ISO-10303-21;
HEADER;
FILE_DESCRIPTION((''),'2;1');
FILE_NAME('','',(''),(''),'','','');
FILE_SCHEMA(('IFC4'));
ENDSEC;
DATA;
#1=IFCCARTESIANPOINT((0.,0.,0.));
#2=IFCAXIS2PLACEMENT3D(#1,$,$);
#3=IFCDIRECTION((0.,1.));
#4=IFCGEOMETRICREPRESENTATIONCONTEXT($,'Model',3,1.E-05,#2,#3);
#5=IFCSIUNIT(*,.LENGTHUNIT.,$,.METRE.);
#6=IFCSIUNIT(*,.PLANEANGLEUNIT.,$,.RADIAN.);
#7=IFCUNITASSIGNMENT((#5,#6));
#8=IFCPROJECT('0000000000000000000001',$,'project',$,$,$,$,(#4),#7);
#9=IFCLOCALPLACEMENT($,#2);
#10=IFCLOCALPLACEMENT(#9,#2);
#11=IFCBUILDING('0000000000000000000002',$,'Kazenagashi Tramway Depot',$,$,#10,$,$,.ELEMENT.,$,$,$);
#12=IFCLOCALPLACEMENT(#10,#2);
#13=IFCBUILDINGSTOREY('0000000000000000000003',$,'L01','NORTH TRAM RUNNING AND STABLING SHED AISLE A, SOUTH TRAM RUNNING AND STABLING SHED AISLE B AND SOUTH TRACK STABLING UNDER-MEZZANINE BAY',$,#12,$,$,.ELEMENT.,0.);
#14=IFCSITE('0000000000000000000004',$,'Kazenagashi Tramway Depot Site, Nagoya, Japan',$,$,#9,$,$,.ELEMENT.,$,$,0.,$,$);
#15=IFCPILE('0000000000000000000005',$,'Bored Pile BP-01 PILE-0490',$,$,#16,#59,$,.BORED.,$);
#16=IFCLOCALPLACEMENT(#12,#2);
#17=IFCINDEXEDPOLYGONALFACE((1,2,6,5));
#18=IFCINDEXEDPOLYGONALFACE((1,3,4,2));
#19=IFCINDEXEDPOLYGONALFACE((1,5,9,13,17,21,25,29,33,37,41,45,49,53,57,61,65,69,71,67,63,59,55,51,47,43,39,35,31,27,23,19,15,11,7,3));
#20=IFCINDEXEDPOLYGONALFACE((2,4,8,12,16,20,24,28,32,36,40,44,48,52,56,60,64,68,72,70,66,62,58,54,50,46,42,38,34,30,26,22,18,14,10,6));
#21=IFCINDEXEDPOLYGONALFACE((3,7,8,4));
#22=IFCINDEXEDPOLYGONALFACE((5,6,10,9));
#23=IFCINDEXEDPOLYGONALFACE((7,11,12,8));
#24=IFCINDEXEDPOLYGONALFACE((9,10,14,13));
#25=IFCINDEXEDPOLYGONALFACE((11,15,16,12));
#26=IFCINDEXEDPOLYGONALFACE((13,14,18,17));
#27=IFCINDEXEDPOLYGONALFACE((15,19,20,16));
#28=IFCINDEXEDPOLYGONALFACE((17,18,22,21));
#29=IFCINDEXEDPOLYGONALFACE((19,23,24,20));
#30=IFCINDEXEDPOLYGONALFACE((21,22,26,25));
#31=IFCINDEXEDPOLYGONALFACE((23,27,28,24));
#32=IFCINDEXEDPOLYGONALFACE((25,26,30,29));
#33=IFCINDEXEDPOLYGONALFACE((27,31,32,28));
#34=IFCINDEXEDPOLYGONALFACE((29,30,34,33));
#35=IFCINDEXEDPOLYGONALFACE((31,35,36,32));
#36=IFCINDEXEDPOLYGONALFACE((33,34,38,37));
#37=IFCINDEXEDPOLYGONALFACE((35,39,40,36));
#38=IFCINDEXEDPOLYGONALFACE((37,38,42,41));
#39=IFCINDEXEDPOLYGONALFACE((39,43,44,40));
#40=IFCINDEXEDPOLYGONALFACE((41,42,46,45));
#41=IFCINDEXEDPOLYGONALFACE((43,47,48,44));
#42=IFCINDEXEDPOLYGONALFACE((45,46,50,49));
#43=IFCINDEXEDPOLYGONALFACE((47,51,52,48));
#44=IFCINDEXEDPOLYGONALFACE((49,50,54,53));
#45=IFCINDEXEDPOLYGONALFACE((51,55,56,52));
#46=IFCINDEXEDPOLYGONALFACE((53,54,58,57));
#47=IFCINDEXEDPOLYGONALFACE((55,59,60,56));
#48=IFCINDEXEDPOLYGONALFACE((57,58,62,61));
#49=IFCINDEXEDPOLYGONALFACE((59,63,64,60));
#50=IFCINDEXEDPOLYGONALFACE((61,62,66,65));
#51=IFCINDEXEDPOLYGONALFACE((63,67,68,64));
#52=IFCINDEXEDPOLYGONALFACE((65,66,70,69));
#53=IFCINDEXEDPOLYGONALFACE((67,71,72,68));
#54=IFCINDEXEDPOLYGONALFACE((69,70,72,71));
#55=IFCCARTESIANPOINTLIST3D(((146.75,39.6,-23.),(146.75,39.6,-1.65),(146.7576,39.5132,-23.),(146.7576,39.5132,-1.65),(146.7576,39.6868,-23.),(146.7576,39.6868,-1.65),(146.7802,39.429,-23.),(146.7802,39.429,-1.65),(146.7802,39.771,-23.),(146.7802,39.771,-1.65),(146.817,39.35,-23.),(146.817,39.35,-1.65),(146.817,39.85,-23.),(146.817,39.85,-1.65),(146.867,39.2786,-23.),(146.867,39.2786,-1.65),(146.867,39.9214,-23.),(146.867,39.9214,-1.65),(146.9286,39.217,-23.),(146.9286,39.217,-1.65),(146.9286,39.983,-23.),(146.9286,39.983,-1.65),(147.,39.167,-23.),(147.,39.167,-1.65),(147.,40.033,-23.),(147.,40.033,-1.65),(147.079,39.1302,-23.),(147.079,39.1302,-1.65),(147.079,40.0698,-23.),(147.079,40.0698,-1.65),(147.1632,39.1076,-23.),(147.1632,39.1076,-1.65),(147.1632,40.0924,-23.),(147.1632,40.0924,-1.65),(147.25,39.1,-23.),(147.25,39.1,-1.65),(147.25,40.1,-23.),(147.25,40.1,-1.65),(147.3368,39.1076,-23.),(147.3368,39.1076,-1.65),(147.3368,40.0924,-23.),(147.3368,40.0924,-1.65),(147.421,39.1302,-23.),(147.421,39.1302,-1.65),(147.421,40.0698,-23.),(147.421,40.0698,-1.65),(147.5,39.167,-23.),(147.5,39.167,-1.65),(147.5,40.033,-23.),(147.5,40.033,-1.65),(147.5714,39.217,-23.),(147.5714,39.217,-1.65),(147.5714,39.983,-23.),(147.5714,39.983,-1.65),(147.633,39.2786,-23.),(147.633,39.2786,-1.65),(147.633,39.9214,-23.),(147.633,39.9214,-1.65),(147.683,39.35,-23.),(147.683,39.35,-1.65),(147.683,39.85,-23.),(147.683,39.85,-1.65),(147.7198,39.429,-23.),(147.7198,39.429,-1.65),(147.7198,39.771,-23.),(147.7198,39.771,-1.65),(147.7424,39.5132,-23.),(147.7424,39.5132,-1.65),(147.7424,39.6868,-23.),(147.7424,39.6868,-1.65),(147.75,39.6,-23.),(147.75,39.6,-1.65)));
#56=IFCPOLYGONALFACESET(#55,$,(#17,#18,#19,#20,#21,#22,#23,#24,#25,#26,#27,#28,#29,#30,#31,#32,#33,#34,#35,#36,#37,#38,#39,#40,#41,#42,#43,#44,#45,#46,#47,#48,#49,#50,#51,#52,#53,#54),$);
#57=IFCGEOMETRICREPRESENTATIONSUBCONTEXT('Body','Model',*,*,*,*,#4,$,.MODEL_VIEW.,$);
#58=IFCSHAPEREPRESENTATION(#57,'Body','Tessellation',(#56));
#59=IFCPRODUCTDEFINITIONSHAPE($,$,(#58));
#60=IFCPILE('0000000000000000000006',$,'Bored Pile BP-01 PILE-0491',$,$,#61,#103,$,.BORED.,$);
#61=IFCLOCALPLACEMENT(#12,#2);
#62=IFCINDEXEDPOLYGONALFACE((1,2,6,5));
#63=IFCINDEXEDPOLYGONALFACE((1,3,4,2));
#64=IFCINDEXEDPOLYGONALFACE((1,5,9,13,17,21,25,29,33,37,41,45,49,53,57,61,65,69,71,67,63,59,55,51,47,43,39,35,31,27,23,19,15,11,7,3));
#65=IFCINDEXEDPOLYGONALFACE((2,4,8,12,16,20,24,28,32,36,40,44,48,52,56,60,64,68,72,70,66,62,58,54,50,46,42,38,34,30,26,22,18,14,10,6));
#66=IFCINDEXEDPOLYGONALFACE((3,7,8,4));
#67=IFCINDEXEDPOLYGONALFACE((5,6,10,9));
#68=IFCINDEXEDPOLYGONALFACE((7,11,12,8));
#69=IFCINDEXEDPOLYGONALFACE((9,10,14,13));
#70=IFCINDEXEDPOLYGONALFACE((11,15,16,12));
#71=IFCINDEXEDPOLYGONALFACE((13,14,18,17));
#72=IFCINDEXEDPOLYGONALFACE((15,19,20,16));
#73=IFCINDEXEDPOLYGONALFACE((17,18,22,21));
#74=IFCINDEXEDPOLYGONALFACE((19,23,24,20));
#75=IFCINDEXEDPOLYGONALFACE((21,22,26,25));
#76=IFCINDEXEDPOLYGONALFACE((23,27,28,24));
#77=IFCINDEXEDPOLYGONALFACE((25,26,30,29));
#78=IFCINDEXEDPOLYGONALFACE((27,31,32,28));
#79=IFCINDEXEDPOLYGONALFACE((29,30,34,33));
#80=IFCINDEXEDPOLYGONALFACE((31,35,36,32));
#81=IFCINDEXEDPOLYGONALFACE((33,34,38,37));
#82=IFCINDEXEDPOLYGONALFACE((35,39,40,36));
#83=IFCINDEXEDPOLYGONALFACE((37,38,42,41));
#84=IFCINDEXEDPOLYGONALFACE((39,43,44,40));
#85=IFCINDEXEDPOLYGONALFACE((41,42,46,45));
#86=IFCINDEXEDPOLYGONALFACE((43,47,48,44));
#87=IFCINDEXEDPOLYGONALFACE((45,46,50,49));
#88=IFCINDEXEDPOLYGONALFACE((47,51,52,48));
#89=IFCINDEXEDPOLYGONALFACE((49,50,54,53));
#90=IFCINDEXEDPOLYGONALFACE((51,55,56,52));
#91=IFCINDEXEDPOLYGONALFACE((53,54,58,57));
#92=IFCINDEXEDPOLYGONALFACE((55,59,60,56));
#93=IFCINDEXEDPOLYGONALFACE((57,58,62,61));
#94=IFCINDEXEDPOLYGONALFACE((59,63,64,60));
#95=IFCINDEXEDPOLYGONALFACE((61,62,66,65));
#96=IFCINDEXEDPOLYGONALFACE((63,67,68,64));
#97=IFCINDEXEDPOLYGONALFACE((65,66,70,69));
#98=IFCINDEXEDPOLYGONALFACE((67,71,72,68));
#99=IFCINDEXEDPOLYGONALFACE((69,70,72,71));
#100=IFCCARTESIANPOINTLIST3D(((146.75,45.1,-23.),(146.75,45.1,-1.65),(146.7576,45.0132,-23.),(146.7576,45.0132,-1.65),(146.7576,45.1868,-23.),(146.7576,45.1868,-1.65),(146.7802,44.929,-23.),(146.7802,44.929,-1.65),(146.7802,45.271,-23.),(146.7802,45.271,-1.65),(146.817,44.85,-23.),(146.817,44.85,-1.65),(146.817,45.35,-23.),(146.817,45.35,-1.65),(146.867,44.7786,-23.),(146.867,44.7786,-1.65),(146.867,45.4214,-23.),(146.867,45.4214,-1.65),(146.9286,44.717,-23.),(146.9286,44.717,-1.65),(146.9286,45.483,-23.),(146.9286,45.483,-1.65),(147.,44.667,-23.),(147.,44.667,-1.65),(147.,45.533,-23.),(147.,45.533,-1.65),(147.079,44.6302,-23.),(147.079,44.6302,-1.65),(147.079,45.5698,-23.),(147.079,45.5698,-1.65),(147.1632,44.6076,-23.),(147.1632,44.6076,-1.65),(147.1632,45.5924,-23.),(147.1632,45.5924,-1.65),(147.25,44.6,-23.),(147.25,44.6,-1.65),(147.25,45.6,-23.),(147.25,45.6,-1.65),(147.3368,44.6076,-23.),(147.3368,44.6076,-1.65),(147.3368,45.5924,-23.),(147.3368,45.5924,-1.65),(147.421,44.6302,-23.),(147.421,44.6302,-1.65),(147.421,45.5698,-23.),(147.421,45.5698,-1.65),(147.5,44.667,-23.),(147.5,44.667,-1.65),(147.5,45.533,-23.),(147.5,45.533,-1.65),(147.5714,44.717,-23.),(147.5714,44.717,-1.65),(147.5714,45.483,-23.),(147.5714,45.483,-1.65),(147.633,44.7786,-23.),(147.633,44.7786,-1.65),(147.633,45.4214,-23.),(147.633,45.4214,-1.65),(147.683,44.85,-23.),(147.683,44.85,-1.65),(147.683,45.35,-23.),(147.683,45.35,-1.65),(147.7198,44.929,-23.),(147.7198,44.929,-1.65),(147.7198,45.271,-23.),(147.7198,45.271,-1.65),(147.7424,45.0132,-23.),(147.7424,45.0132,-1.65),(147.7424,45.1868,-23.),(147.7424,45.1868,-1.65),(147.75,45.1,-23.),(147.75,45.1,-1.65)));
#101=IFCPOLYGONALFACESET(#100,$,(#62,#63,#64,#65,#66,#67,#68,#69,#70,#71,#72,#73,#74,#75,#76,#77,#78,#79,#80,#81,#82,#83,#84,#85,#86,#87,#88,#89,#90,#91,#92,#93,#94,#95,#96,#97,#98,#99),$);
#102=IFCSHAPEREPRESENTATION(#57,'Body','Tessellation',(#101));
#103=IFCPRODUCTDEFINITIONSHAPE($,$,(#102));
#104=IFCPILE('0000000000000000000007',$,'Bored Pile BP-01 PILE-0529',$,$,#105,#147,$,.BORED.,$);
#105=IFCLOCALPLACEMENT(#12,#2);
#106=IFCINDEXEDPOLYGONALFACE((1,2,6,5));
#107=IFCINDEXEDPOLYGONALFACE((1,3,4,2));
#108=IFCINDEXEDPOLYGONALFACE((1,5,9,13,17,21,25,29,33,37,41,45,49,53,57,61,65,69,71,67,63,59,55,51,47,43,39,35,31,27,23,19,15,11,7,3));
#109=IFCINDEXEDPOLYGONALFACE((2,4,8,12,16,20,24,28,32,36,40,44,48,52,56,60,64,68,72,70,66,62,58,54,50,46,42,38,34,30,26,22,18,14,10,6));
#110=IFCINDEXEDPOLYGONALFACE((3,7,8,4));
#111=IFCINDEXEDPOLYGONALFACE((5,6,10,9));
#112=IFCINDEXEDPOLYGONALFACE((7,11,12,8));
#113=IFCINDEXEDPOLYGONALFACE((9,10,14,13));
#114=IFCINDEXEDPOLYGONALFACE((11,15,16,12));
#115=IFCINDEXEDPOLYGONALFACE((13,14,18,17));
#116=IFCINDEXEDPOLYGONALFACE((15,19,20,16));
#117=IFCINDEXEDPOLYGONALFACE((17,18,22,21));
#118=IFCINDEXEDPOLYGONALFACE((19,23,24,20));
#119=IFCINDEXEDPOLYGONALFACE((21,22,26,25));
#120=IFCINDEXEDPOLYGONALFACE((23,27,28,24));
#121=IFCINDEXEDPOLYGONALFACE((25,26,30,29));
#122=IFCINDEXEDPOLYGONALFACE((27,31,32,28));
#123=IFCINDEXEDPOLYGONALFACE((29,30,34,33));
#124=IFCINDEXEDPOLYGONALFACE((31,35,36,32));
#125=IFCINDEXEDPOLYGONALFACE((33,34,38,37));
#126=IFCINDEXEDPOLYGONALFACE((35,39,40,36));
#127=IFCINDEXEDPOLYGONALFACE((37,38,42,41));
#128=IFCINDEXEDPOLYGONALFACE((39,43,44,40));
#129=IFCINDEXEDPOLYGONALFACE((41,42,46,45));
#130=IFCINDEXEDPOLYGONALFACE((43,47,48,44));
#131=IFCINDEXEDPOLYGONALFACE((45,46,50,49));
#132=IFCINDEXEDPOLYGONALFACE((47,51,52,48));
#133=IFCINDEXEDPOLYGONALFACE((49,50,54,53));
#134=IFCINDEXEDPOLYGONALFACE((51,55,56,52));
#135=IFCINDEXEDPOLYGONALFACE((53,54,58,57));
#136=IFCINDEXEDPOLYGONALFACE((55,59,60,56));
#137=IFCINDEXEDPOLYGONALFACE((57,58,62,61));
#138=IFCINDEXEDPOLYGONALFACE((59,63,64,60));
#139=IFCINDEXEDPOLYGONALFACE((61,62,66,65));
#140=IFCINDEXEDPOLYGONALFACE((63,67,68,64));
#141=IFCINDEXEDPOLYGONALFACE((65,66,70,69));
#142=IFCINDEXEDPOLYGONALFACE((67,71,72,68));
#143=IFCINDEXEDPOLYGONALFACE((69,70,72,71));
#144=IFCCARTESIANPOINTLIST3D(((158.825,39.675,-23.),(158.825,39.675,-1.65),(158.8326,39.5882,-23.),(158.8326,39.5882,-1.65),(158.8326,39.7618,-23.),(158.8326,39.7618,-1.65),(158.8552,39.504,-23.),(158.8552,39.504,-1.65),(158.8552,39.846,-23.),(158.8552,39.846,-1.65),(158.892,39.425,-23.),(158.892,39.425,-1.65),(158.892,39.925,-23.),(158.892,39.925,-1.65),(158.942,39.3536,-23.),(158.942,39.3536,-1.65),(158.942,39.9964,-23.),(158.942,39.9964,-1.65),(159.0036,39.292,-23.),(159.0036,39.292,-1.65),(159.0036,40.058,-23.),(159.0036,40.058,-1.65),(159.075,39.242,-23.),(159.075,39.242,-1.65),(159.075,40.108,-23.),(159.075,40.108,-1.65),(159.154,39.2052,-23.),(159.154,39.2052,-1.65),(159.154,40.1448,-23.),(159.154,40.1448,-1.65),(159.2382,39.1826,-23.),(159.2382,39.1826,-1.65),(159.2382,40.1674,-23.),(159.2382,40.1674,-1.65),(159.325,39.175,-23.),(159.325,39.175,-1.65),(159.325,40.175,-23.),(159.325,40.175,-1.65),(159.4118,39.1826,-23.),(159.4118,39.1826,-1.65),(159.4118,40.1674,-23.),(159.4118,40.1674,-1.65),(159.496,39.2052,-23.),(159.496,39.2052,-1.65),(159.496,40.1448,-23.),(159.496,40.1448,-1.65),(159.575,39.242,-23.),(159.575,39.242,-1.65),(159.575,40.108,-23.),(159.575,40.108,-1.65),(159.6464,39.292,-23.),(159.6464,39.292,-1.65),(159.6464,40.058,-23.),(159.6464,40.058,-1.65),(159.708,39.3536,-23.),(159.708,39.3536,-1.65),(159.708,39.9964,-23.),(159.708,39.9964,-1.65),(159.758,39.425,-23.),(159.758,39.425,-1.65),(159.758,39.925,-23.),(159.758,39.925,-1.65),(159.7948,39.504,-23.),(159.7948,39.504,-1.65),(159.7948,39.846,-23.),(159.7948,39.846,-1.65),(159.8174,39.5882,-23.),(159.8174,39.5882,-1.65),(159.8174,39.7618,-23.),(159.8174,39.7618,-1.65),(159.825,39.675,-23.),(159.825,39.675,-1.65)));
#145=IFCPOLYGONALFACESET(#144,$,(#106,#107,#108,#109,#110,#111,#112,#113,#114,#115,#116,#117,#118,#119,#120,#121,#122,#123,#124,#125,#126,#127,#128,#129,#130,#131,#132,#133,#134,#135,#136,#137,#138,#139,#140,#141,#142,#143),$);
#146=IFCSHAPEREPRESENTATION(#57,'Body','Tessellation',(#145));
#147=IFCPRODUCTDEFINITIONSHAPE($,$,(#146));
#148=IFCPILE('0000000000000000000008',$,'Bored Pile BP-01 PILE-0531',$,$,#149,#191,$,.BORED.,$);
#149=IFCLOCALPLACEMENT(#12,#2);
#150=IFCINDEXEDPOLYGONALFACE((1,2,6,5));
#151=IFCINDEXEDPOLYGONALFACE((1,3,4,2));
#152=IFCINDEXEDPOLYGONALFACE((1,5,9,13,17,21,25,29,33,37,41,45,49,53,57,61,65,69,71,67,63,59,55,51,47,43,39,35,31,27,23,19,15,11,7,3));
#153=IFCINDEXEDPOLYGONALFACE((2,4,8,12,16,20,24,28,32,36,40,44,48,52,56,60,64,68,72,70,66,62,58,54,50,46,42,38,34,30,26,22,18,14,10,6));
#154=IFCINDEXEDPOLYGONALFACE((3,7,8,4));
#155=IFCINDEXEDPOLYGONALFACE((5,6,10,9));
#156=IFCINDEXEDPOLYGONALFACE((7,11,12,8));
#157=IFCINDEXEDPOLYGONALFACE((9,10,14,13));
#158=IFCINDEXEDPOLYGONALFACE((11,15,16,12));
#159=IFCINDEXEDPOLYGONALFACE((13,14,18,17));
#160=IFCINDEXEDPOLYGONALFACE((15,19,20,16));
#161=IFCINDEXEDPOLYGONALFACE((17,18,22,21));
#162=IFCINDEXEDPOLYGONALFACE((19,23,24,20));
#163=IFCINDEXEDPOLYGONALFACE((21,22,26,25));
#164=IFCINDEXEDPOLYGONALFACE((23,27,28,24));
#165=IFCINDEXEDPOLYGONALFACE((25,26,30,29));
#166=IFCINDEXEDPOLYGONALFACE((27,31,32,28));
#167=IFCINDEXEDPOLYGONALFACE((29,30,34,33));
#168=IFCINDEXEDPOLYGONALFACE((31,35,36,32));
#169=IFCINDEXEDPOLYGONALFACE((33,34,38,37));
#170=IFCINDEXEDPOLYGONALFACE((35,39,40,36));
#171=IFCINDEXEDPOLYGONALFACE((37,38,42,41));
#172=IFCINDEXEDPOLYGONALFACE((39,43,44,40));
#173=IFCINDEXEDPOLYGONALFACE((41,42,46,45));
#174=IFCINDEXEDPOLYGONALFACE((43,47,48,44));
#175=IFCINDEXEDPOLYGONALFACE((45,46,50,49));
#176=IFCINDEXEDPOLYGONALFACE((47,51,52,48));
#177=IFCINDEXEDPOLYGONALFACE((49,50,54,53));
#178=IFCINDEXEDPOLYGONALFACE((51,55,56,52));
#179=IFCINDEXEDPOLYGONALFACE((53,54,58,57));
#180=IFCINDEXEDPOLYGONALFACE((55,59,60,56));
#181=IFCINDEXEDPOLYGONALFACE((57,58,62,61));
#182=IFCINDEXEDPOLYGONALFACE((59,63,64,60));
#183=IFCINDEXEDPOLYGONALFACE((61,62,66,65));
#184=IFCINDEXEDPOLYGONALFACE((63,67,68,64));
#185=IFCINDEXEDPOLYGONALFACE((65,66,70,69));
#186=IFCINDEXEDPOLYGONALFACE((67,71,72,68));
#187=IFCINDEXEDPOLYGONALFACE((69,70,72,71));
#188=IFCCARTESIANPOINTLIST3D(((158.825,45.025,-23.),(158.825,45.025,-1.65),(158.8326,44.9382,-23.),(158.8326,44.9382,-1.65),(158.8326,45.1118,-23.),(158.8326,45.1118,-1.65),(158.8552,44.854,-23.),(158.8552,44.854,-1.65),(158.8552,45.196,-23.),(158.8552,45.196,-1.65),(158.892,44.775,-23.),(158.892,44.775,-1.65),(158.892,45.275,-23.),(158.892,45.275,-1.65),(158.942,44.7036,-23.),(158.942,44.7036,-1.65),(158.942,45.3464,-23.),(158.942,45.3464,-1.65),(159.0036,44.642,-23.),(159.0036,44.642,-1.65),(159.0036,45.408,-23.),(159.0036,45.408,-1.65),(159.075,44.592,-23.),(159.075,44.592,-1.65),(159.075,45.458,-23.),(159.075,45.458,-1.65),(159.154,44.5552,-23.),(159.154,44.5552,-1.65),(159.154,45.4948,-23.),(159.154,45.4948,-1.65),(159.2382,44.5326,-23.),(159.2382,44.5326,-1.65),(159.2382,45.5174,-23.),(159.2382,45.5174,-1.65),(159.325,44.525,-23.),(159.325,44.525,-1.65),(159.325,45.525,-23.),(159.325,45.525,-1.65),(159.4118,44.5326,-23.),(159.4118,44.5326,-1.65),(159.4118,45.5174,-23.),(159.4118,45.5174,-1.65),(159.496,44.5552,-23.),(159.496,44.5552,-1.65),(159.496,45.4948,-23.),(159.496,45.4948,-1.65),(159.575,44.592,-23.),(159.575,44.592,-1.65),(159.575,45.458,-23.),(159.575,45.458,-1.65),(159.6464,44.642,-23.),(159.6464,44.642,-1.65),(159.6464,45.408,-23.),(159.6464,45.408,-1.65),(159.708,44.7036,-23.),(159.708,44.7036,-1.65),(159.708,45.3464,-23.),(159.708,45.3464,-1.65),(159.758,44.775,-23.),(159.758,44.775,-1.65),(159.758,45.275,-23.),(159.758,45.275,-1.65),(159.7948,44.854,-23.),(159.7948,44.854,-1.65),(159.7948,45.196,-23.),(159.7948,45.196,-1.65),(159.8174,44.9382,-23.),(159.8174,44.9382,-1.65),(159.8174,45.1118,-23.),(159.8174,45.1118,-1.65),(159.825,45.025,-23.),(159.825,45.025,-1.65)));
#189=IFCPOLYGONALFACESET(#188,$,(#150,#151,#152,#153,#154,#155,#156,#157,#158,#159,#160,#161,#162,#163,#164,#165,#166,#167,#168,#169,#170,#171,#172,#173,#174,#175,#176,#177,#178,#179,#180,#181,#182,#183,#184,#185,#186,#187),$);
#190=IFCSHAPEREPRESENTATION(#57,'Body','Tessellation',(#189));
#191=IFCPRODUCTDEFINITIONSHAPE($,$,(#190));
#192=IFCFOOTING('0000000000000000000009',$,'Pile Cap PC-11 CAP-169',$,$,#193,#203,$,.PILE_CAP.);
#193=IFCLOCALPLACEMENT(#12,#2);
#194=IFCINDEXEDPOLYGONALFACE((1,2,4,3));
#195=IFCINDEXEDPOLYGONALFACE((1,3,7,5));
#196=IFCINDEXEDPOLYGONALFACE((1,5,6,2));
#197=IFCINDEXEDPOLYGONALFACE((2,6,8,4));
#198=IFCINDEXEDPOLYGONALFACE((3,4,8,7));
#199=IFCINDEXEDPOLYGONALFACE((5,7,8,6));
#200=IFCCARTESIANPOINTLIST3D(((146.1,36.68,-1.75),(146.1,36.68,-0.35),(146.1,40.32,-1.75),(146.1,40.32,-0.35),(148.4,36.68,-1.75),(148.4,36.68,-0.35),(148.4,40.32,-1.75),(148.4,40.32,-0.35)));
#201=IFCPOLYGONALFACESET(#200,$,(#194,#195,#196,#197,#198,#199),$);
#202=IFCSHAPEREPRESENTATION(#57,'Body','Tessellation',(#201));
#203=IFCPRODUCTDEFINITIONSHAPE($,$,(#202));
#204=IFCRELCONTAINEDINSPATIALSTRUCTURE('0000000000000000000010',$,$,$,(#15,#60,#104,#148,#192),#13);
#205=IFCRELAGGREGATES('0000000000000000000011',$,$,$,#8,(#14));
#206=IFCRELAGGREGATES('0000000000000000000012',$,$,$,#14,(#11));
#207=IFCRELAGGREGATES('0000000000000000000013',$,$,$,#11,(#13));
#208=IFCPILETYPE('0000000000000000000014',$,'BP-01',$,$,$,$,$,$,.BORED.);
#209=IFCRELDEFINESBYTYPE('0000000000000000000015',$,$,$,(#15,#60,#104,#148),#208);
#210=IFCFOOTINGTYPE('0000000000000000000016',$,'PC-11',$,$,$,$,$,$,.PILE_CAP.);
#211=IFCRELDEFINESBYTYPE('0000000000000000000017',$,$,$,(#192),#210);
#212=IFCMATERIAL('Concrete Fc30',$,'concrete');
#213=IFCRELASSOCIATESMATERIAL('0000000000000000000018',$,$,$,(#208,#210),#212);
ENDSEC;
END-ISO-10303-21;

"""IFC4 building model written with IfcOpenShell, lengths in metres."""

from ifc_helpers import new_model, si_unit, direction, frame, origin, origin_2d, place, context, subcontext, project, spatial, rectangle, circle, extrude, material, material_profile, profile_set, type_object, element, save


model = new_model("IFC4")

# Units and contexts
model_context = context("Model", 3, precision=1e-05, world=origin(), true_north=direction((0.0, 1.0)))
body_context = subcontext(model_context, "Body", "Model", "MODEL_VIEW")
ifc_project = project(units=[si_unit("LENGTHUNIT", "METRE"), si_unit("PLANEANGLEUNIT", "RADIAN")], contexts=[model_context])

# Site, building, storey
site_placement = place(None, origin())
site = spatial("IfcSite", under=ifc_project, at=site_placement, Name="Kazenagashi Tramway Depot Site, Nagoya, Japan", CompositionType="ELEMENT", RefElevation=0.0)
building_placement = place(site_placement, origin())
building = spatial("IfcBuilding", under=site, at=building_placement, Name="Kazenagashi Tramway Depot", CompositionType="ELEMENT")
storey_placement = place(building_placement, origin())
storey = spatial("IfcBuildingStorey", under=building, at=storey_placement, Name="L01", Description="NORTH TRAM RUNNING AND STABLING SHED AISLE A, SOUTH TRAM RUNNING AND STABLING SHED AISLE B AND SOUTH TRACK STABLING UNDER-MEZZANINE BAY", CompositionType="ELEMENT", Elevation=0.0)

# Piles
ifc_material_1 = material(Name="Concrete Fc30", Category="concrete")
ifc_material_profile_1 = material_profile(ifc_material_1, circle(Radius=0.5, at=origin_2d()), Name="PILE-1000")
ifc_profile_set_1 = profile_set([ifc_material_profile_1], Name="Concrete Fc30")
pile_type = type_object("IfcPileType", Name="BP-01", PredefinedType="BORED", material=ifc_profile_set_1)
for number, where, z_axis, x_axis, name in (
    (1, (147.25, 39.6, -1.65), (0.0, 0.0, -1.0), (1.0, 0.0, 0.0), "Bored Pile BP-01 PILE-0490"),
    (2, (147.25, 45.1, -1.65), (0.0, 0.0, -1.0), (1.0, 0.0, 0.0), "Bored Pile BP-01 PILE-0491"),
    (3, (159.325, 39.675, -1.65), (0.0, 0.0, -1.0), (1.0, 0.0, 0.0), "Bored Pile BP-01 PILE-0529"),
    (4, (159.325, 45.025, -1.65), (0.0, 0.0, -1.0), (1.0, 0.0, 0.0), "Bored Pile BP-01 PILE-0531"),
):
    element("IfcPile", number, at=place(storey_placement, frame(where, z_axis=z_axis, x_axis=x_axis)), inside=storey, type_object=pile_type, Name=name, PredefinedType="BORED", context=body_context, shape_type="SweptSolid", body=[
        extrude(circle(Radius=0.5, at=origin_2d()), origin(), (0.0, 0.0, 1.0), 21.35),
    ])

# Footing
footing_type = type_object("IfcFootingType", Name="PC-11", PredefinedType="PILE_CAP", material=ifc_material_1)
footing_placement = place(storey_placement, frame((147.25, 38.5, -1.75), z_axis=(0.0, 0.0, 1.0), x_axis=(1.0, 0.0, 0.0)))
element("IfcFooting", 5, at=footing_placement, inside=storey, type_object=footing_type, Name="Pile Cap PC-11 CAP-169", PredefinedType="PILE_CAP", context=body_context, shape_type="SweptSolid", body=[
    extrude(rectangle(XDim=2.3, YDim=3.64, at=origin_2d()), origin(), (0.0, 0.0, 1.0), 1.4),
])

save(model, "model.ifc")
